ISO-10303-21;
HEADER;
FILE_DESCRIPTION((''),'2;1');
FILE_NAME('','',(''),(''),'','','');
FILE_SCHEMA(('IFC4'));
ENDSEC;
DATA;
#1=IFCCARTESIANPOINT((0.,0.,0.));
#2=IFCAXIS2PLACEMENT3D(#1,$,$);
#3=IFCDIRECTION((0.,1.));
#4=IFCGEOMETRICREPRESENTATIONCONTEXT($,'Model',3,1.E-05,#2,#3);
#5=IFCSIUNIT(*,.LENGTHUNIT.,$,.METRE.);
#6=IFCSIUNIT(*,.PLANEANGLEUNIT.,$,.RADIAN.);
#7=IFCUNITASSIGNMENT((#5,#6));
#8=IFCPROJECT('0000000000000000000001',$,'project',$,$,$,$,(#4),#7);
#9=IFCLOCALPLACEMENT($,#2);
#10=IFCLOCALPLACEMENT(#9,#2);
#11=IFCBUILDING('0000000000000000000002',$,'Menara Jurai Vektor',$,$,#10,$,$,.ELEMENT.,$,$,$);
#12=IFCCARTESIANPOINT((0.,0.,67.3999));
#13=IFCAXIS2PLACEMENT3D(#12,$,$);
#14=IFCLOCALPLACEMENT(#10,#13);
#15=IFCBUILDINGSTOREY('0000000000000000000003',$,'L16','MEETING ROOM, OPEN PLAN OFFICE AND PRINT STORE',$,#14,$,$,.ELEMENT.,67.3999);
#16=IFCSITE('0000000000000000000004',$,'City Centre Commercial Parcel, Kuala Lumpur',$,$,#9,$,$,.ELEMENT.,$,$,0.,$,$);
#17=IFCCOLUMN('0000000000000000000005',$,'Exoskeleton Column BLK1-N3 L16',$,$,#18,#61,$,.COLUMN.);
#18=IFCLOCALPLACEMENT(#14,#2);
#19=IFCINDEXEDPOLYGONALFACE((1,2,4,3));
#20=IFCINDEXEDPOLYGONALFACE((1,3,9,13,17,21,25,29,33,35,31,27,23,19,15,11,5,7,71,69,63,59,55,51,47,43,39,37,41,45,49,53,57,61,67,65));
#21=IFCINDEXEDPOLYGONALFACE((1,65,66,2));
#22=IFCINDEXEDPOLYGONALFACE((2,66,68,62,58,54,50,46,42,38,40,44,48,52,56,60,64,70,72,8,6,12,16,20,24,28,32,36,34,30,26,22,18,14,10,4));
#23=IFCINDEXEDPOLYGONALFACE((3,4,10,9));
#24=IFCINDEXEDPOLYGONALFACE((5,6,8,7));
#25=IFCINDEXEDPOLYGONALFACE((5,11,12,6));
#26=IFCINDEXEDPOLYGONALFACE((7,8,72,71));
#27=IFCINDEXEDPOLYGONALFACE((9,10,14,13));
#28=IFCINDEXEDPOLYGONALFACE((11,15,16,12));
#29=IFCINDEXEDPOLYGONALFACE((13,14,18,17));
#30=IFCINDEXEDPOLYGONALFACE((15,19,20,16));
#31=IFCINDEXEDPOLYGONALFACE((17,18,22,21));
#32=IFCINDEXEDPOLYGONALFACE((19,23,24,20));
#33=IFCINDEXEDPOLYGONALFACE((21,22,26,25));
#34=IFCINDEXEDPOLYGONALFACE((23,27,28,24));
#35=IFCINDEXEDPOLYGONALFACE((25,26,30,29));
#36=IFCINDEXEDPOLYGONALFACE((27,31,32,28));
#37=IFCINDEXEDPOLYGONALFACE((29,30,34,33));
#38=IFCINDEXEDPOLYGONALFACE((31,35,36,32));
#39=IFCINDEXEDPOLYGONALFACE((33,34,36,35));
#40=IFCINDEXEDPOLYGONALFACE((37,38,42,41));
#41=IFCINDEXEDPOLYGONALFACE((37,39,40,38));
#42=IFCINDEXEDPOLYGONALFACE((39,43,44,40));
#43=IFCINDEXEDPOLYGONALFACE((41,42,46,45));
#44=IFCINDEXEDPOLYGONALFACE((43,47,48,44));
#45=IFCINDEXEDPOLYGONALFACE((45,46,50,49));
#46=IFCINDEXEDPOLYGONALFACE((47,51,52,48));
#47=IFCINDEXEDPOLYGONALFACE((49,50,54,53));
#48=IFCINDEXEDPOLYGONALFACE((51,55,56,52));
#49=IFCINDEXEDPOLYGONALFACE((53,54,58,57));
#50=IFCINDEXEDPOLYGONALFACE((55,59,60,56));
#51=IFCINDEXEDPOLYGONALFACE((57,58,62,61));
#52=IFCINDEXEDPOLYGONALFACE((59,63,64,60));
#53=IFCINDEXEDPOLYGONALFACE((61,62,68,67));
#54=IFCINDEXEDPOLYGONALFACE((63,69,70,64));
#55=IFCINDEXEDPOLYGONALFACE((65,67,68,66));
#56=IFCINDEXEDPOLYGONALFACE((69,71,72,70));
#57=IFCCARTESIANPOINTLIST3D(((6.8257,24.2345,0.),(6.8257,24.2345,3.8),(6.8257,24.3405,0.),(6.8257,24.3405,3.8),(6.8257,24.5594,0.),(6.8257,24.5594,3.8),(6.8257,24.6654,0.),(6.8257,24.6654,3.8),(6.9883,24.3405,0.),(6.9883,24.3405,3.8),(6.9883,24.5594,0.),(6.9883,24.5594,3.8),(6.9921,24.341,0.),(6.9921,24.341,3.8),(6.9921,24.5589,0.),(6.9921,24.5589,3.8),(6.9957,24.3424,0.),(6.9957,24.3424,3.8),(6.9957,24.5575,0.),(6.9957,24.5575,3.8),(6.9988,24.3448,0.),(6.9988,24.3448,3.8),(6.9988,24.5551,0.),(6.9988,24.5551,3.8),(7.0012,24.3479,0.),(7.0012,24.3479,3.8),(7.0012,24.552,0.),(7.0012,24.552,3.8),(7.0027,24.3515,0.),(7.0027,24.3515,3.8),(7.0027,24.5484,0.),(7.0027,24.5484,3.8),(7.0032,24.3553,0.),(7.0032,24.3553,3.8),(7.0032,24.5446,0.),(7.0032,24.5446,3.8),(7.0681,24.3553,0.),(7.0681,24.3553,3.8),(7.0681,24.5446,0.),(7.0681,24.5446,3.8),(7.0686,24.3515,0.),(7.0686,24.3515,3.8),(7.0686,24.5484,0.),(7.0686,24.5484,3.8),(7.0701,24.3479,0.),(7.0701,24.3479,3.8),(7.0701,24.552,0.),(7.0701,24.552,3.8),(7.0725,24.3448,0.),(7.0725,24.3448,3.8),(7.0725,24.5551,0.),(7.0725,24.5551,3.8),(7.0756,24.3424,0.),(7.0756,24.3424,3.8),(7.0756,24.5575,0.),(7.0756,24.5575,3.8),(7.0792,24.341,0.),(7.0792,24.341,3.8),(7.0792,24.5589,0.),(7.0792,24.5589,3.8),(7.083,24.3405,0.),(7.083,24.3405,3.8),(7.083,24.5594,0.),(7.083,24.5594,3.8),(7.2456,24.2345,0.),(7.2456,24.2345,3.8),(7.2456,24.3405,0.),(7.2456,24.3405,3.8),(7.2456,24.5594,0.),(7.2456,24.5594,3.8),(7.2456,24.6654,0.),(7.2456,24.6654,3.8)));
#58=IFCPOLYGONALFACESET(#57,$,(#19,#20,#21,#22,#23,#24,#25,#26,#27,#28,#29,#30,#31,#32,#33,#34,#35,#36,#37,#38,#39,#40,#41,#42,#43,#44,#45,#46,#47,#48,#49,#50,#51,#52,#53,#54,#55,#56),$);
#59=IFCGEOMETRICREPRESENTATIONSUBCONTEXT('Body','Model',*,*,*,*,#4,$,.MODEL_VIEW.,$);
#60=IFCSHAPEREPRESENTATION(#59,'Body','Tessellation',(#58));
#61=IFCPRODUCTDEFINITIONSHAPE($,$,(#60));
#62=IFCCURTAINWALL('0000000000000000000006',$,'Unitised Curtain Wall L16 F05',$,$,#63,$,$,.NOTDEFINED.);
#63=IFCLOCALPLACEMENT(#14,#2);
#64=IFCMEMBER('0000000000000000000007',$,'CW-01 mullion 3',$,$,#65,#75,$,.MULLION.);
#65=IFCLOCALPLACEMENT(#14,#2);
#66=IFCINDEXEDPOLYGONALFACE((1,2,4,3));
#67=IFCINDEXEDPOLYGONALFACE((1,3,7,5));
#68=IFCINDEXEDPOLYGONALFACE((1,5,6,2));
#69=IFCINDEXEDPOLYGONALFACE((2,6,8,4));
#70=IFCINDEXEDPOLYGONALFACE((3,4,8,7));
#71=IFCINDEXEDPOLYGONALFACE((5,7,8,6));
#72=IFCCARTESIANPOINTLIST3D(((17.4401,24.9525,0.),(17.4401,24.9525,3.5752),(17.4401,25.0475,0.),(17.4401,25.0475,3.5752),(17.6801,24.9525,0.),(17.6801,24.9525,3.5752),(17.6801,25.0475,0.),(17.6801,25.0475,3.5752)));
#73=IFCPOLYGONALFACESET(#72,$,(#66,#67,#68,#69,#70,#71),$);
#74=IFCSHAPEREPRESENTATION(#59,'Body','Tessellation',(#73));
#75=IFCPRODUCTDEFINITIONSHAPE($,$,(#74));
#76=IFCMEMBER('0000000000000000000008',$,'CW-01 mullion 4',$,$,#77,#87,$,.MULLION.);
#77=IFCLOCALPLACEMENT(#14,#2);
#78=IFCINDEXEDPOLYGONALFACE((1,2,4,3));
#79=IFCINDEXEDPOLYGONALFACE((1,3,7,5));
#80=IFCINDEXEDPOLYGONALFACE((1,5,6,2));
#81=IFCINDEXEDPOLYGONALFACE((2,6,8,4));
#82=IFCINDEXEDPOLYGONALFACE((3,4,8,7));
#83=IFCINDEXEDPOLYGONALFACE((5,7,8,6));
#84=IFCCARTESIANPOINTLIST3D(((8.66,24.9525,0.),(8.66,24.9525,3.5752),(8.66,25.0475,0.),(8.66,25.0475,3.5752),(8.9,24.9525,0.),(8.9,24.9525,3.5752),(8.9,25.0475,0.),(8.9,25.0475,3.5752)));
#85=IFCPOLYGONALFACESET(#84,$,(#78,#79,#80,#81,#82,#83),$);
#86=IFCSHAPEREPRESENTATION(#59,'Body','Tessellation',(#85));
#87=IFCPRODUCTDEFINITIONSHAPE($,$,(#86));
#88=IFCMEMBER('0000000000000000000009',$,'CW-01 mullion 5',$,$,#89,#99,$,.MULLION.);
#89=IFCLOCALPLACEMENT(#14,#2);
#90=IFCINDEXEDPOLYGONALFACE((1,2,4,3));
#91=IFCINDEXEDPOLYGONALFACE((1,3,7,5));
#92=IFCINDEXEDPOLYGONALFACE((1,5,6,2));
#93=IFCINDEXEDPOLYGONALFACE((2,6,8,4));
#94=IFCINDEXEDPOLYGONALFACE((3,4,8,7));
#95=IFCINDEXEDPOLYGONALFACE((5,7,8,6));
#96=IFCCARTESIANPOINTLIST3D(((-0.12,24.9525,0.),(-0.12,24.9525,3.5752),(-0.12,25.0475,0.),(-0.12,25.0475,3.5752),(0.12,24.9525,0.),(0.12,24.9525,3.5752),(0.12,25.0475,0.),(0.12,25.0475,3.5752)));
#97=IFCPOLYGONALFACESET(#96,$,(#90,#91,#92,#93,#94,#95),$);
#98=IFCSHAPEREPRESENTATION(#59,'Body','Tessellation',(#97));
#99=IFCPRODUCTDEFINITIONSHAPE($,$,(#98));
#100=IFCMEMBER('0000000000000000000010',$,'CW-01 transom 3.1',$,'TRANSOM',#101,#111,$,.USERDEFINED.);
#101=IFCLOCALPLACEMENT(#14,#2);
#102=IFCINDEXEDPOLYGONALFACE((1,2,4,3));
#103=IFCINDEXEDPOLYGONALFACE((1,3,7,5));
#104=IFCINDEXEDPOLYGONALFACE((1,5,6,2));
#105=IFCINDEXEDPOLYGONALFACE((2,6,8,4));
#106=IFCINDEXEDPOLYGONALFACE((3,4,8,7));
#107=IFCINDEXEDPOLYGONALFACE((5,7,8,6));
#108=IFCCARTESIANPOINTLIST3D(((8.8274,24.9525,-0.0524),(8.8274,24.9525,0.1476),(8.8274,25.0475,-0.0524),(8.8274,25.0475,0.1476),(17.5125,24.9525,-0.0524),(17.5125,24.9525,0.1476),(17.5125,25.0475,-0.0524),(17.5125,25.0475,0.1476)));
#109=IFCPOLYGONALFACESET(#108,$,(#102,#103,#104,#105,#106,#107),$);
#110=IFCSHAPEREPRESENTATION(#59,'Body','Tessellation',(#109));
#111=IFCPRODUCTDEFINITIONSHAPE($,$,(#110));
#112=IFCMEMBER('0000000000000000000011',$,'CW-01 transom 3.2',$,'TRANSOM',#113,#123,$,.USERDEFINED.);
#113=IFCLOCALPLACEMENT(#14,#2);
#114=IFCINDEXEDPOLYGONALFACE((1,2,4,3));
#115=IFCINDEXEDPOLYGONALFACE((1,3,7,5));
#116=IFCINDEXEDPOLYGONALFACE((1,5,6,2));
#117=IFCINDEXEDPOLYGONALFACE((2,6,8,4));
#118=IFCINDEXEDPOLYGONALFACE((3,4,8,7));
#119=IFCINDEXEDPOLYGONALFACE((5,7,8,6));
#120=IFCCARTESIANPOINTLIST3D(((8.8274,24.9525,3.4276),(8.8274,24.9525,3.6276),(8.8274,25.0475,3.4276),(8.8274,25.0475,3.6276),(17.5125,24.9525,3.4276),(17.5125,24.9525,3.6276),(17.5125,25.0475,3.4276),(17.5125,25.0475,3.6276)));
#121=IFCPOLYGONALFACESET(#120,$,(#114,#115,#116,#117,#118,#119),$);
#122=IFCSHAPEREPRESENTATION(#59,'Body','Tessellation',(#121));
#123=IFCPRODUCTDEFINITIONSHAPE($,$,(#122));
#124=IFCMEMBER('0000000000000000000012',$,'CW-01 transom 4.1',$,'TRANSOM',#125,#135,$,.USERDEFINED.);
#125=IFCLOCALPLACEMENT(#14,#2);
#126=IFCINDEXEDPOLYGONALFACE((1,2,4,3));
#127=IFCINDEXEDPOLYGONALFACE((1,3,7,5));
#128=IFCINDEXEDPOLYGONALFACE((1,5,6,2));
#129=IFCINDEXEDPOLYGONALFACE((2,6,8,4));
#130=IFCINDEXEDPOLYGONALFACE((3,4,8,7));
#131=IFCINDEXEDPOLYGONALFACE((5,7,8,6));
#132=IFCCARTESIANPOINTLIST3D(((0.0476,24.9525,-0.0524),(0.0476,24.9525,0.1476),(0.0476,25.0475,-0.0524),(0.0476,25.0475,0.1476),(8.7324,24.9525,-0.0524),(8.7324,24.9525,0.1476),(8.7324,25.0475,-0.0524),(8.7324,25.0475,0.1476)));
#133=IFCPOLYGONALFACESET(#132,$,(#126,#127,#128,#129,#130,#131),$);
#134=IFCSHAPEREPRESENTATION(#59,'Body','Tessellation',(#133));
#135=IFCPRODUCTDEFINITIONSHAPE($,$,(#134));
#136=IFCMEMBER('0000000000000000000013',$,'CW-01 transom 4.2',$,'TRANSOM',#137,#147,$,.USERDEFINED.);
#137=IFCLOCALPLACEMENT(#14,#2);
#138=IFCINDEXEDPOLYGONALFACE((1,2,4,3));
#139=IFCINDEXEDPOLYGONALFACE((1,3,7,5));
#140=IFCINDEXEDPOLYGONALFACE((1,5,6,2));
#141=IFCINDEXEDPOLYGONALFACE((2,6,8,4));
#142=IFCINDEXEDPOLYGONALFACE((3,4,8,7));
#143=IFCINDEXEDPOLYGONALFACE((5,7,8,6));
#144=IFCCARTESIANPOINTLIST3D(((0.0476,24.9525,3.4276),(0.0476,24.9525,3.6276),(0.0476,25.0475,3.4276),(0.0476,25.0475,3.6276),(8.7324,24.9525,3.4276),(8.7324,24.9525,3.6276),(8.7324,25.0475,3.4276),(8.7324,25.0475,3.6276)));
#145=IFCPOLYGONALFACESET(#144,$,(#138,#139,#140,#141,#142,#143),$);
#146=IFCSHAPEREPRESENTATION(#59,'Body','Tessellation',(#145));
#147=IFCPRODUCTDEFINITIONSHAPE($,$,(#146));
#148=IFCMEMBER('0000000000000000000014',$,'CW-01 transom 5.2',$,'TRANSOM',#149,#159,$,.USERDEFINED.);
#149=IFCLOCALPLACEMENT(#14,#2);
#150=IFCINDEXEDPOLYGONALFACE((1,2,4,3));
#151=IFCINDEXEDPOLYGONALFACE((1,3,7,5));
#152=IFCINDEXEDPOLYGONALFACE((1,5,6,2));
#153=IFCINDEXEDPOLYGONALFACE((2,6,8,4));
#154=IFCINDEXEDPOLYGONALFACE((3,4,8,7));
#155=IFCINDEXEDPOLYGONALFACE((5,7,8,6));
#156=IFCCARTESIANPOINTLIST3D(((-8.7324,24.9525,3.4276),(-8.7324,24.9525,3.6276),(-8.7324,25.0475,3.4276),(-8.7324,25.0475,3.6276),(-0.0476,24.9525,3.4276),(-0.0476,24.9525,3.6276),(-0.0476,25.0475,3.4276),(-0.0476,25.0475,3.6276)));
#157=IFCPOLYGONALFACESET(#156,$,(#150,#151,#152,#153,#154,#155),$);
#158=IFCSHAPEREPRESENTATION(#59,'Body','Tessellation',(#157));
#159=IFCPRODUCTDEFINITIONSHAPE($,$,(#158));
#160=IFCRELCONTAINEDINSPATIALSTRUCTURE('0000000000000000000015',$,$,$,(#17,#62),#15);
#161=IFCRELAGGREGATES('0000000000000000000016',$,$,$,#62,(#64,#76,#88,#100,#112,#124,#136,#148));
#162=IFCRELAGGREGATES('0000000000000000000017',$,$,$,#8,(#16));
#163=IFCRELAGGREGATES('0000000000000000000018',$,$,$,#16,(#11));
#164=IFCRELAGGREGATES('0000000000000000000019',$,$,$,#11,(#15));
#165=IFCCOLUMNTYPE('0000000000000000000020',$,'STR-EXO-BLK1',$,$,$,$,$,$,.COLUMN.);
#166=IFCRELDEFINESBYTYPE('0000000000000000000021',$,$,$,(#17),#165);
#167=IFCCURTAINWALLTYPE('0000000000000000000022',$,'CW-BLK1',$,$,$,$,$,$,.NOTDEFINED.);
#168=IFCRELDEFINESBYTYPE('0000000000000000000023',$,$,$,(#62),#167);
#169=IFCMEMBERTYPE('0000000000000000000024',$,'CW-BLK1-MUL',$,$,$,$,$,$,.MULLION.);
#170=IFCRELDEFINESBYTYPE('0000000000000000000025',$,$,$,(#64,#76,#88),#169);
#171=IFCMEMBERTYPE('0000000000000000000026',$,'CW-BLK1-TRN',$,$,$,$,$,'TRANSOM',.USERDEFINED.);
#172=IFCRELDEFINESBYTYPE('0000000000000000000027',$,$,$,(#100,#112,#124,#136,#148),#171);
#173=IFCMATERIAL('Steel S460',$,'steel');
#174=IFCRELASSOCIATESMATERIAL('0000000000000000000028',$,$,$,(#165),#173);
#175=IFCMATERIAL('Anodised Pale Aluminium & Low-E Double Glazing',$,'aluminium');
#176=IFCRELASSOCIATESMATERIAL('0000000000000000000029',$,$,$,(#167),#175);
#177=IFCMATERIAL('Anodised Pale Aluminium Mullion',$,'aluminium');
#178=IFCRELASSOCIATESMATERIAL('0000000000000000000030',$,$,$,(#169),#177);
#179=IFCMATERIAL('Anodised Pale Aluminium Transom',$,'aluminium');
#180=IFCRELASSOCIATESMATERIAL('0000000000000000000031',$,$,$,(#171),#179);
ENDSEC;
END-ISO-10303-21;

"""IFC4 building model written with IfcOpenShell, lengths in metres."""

from ifc_helpers import new_model, si_unit, direction, frame, origin, origin_2d, place, context, subcontext, project, spatial, rectangle, i_section, extrude, material, material_profile, profile_set, type_object, element, aggregate, save


model = new_model("IFC4")

# Units and contexts
model_context = context("Model", 3, precision=1e-05, world=origin(), true_north=direction((0.0, 1.0)))
body_context = subcontext(model_context, "Body", "Model", "MODEL_VIEW")
ifc_project = project(units=[si_unit("LENGTHUNIT", "METRE"), si_unit("PLANEANGLEUNIT", "RADIAN")], contexts=[model_context])

# Site, building, storey
site_placement = place(None, origin())
site = spatial("IfcSite", under=ifc_project, at=site_placement, Name="City Centre Commercial Parcel, Kuala Lumpur", CompositionType="ELEMENT", RefElevation=0.0)
building_placement = place(site_placement, origin())
building = spatial("IfcBuilding", under=site, at=building_placement, Name="Menara Jurai Vektor", CompositionType="ELEMENT")
storey_placement = place(building_placement, frame((0.0, 0.0, 67.3999)))
storey = spatial("IfcBuildingStorey", under=building, at=storey_placement, Name="L16", Description="MEETING ROOM, OPEN PLAN OFFICE AND PRINT STORE", CompositionType="ELEMENT", Elevation=67.3999)

# Column
ifc_material_1 = material(Name="Steel S460", Category="steel")
ifc_material_profile_1 = material_profile(ifc_material_1, i_section(OverallWidth=0.4199, OverallDepth=0.4309, WebThickness=0.0649, FlangeThickness=0.106, FilletRadius=0.0149, at=origin_2d()), Name="HD 400x900")
ifc_profile_set_1 = profile_set([ifc_material_profile_1], Name="Steel S460")
column_type = type_object("IfcColumnType", Name="STR-EXO-BLK1", PredefinedType="COLUMN", material=ifc_profile_set_1)
column_placement = place(storey_placement, frame((7.0356, 24.45, 0.0), z_axis=(0.0, 0.0, 1.0), x_axis=(1.0, 0.0, 0.0)))
element("IfcColumn", 1, at=column_placement, inside=storey, type_object=column_type, Name="Exoskeleton Column BLK1-N3 L16", PredefinedType="COLUMN", context=body_context, shape_type="SweptSolid", body=[
    extrude(i_section(OverallWidth=0.4199, OverallDepth=0.4309, WebThickness=0.0649, FlangeThickness=0.106, FilletRadius=0.0149, at=origin_2d()), origin(), (0.0, 0.0, 1.0), 3.8),
])

# Curtain wall, members
ifc_material_2 = material(Name="Anodised Pale Aluminium & Low-E Double Glazing", Category="aluminium")
curtain_wall_type = type_object("IfcCurtainWallType", Name="CW-BLK1", PredefinedType="NOTDEFINED", material=ifc_material_2)
curtain_wall_placement = place(storey_placement, origin())
curtain_wall = element("IfcCurtainWall", 2, at=curtain_wall_placement, inside=storey, type_object=curtain_wall_type, Name="Unitised Curtain Wall L16 F05", PredefinedType="NOTDEFINED")
ifc_material_3 = material(Name="Anodised Pale Aluminium Mullion", Category="aluminium")
ifc_material_profile_2 = material_profile(ifc_material_3, rectangle(XDim=0.095, YDim=0.24, at=origin_2d()), Name="ALU MUL 95x240")
ifc_profile_set_2 = profile_set([ifc_material_profile_2], Name="Anodised Pale Aluminium Mullion")
member_type_1 = type_object("IfcMemberType", Name="CW-BLK1-MUL", PredefinedType="MULLION", material=ifc_profile_set_2)
member_1_placement = place(storey_placement, frame((17.5601, 25.0, 0.0), z_axis=(0.0, 0.0, 1.0), x_axis=(0.0, -1.0, 0.0)))
member_1 = element("IfcMember", 3, at=member_1_placement, type_object=member_type_1, Name="CW-01 mullion 3", PredefinedType="MULLION", context=body_context, shape_type="SweptSolid", body=[
    extrude(rectangle(XDim=0.095, YDim=0.24, at=origin_2d()), origin(), (0.0, 0.0, 1.0), 3.5752),
])
member_2_placement = place(storey_placement, frame((8.78, 25.0, 0.0), z_axis=(0.0, 0.0, 1.0), x_axis=(0.0, -1.0, 0.0)))
member_2 = element("IfcMember", 4, at=member_2_placement, type_object=member_type_1, Name="CW-01 mullion 4", PredefinedType="MULLION", context=body_context, shape_type="SweptSolid", body=[
    extrude(rectangle(XDim=0.095, YDim=0.24, at=origin_2d()), origin(), (0.0, 0.0, 1.0), 3.5752),
])
member_3_placement = place(storey_placement, frame((0.0, 25.0, 0.0), z_axis=(0.0, 0.0, 1.0), x_axis=(0.0, -1.0, 0.0)))
member_3 = element("IfcMember", 5, at=member_3_placement, type_object=member_type_1, Name="CW-01 mullion 5", PredefinedType="MULLION", context=body_context, shape_type="SweptSolid", body=[
    extrude(rectangle(XDim=0.095, YDim=0.24, at=origin_2d()), origin(), (0.0, 0.0, 1.0), 3.5752),
])
ifc_material_4 = material(Name="Anodised Pale Aluminium Transom", Category="aluminium")
ifc_material_profile_3 = material_profile(ifc_material_4, rectangle(XDim=0.095, YDim=0.2, at=origin_2d()), Name="ALU TRN 95x200")
ifc_profile_set_3 = profile_set([ifc_material_profile_3], Name="Anodised Pale Aluminium Transom")
member_type_2 = type_object("IfcMemberType", Name="CW-BLK1-TRN", ElementType="TRANSOM", PredefinedType="USERDEFINED", material=ifc_profile_set_3)
member_4_placement = place(storey_placement, frame((17.5125, 25.0, 0.0476), z_axis=(-1.0, 0.0, 0.0), x_axis=(0.0, -1.0, 0.0)))
member_4 = element("IfcMember", 6, at=member_4_placement, type_object=member_type_2, Name="CW-01 transom 3.1", ObjectType="TRANSOM", PredefinedType="USERDEFINED", context=body_context, shape_type="SweptSolid", body=[
    extrude(rectangle(XDim=0.095, YDim=0.2, at=origin_2d()), origin(), (0.0, 0.0, 1.0), 8.6851),
])
member_5_placement = place(storey_placement, frame((17.5125, 25.0, 3.5276), z_axis=(-1.0, 0.0, 0.0), x_axis=(0.0, -1.0, 0.0)))
member_5 = element("IfcMember", 7, at=member_5_placement, type_object=member_type_2, Name="CW-01 transom 3.2", ObjectType="TRANSOM", PredefinedType="USERDEFINED", context=body_context, shape_type="SweptSolid", body=[
    extrude(rectangle(XDim=0.095, YDim=0.2, at=origin_2d()), origin(), (0.0, 0.0, 1.0), 8.6851),
])
member_6_placement = place(storey_placement, frame((8.7324, 25.0, 0.0476), z_axis=(-1.0, 0.0, 0.0), x_axis=(0.0, -1.0, 0.0)))
member_6 = element("IfcMember", 8, at=member_6_placement, type_object=member_type_2, Name="CW-01 transom 4.1", ObjectType="TRANSOM", PredefinedType="USERDEFINED", context=body_context, shape_type="SweptSolid", body=[
    extrude(rectangle(XDim=0.095, YDim=0.2, at=origin_2d()), origin(), (0.0, 0.0, 1.0), 8.6848),
])
member_7_placement = place(storey_placement, frame((8.7324, 25.0, 3.5276), z_axis=(-1.0, 0.0, 0.0), x_axis=(0.0, -1.0, 0.0)))
member_7 = element("IfcMember", 9, at=member_7_placement, type_object=member_type_2, Name="CW-01 transom 4.2", ObjectType="TRANSOM", PredefinedType="USERDEFINED", context=body_context, shape_type="SweptSolid", body=[
    extrude(rectangle(XDim=0.095, YDim=0.2, at=origin_2d()), origin(), (0.0, 0.0, 1.0), 8.6848),
])
member_8_placement = place(storey_placement, frame((-0.0476, 25.0, 3.5276), z_axis=(-1.0, 0.0, 0.0), x_axis=(0.0, -1.0, 0.0)))
member_8 = element("IfcMember", 10, at=member_8_placement, type_object=member_type_2, Name="CW-01 transom 5.2", ObjectType="TRANSOM", PredefinedType="USERDEFINED", context=body_context, shape_type="SweptSolid", body=[
    extrude(rectangle(XDim=0.095, YDim=0.2, at=origin_2d()), origin(), (0.0, 0.0, 1.0), 8.6848),
])

aggregate(curtain_wall, [member_1, member_2, member_3, member_4, member_5, member_6, member_7, member_8])

save(model, "model.ifc")
